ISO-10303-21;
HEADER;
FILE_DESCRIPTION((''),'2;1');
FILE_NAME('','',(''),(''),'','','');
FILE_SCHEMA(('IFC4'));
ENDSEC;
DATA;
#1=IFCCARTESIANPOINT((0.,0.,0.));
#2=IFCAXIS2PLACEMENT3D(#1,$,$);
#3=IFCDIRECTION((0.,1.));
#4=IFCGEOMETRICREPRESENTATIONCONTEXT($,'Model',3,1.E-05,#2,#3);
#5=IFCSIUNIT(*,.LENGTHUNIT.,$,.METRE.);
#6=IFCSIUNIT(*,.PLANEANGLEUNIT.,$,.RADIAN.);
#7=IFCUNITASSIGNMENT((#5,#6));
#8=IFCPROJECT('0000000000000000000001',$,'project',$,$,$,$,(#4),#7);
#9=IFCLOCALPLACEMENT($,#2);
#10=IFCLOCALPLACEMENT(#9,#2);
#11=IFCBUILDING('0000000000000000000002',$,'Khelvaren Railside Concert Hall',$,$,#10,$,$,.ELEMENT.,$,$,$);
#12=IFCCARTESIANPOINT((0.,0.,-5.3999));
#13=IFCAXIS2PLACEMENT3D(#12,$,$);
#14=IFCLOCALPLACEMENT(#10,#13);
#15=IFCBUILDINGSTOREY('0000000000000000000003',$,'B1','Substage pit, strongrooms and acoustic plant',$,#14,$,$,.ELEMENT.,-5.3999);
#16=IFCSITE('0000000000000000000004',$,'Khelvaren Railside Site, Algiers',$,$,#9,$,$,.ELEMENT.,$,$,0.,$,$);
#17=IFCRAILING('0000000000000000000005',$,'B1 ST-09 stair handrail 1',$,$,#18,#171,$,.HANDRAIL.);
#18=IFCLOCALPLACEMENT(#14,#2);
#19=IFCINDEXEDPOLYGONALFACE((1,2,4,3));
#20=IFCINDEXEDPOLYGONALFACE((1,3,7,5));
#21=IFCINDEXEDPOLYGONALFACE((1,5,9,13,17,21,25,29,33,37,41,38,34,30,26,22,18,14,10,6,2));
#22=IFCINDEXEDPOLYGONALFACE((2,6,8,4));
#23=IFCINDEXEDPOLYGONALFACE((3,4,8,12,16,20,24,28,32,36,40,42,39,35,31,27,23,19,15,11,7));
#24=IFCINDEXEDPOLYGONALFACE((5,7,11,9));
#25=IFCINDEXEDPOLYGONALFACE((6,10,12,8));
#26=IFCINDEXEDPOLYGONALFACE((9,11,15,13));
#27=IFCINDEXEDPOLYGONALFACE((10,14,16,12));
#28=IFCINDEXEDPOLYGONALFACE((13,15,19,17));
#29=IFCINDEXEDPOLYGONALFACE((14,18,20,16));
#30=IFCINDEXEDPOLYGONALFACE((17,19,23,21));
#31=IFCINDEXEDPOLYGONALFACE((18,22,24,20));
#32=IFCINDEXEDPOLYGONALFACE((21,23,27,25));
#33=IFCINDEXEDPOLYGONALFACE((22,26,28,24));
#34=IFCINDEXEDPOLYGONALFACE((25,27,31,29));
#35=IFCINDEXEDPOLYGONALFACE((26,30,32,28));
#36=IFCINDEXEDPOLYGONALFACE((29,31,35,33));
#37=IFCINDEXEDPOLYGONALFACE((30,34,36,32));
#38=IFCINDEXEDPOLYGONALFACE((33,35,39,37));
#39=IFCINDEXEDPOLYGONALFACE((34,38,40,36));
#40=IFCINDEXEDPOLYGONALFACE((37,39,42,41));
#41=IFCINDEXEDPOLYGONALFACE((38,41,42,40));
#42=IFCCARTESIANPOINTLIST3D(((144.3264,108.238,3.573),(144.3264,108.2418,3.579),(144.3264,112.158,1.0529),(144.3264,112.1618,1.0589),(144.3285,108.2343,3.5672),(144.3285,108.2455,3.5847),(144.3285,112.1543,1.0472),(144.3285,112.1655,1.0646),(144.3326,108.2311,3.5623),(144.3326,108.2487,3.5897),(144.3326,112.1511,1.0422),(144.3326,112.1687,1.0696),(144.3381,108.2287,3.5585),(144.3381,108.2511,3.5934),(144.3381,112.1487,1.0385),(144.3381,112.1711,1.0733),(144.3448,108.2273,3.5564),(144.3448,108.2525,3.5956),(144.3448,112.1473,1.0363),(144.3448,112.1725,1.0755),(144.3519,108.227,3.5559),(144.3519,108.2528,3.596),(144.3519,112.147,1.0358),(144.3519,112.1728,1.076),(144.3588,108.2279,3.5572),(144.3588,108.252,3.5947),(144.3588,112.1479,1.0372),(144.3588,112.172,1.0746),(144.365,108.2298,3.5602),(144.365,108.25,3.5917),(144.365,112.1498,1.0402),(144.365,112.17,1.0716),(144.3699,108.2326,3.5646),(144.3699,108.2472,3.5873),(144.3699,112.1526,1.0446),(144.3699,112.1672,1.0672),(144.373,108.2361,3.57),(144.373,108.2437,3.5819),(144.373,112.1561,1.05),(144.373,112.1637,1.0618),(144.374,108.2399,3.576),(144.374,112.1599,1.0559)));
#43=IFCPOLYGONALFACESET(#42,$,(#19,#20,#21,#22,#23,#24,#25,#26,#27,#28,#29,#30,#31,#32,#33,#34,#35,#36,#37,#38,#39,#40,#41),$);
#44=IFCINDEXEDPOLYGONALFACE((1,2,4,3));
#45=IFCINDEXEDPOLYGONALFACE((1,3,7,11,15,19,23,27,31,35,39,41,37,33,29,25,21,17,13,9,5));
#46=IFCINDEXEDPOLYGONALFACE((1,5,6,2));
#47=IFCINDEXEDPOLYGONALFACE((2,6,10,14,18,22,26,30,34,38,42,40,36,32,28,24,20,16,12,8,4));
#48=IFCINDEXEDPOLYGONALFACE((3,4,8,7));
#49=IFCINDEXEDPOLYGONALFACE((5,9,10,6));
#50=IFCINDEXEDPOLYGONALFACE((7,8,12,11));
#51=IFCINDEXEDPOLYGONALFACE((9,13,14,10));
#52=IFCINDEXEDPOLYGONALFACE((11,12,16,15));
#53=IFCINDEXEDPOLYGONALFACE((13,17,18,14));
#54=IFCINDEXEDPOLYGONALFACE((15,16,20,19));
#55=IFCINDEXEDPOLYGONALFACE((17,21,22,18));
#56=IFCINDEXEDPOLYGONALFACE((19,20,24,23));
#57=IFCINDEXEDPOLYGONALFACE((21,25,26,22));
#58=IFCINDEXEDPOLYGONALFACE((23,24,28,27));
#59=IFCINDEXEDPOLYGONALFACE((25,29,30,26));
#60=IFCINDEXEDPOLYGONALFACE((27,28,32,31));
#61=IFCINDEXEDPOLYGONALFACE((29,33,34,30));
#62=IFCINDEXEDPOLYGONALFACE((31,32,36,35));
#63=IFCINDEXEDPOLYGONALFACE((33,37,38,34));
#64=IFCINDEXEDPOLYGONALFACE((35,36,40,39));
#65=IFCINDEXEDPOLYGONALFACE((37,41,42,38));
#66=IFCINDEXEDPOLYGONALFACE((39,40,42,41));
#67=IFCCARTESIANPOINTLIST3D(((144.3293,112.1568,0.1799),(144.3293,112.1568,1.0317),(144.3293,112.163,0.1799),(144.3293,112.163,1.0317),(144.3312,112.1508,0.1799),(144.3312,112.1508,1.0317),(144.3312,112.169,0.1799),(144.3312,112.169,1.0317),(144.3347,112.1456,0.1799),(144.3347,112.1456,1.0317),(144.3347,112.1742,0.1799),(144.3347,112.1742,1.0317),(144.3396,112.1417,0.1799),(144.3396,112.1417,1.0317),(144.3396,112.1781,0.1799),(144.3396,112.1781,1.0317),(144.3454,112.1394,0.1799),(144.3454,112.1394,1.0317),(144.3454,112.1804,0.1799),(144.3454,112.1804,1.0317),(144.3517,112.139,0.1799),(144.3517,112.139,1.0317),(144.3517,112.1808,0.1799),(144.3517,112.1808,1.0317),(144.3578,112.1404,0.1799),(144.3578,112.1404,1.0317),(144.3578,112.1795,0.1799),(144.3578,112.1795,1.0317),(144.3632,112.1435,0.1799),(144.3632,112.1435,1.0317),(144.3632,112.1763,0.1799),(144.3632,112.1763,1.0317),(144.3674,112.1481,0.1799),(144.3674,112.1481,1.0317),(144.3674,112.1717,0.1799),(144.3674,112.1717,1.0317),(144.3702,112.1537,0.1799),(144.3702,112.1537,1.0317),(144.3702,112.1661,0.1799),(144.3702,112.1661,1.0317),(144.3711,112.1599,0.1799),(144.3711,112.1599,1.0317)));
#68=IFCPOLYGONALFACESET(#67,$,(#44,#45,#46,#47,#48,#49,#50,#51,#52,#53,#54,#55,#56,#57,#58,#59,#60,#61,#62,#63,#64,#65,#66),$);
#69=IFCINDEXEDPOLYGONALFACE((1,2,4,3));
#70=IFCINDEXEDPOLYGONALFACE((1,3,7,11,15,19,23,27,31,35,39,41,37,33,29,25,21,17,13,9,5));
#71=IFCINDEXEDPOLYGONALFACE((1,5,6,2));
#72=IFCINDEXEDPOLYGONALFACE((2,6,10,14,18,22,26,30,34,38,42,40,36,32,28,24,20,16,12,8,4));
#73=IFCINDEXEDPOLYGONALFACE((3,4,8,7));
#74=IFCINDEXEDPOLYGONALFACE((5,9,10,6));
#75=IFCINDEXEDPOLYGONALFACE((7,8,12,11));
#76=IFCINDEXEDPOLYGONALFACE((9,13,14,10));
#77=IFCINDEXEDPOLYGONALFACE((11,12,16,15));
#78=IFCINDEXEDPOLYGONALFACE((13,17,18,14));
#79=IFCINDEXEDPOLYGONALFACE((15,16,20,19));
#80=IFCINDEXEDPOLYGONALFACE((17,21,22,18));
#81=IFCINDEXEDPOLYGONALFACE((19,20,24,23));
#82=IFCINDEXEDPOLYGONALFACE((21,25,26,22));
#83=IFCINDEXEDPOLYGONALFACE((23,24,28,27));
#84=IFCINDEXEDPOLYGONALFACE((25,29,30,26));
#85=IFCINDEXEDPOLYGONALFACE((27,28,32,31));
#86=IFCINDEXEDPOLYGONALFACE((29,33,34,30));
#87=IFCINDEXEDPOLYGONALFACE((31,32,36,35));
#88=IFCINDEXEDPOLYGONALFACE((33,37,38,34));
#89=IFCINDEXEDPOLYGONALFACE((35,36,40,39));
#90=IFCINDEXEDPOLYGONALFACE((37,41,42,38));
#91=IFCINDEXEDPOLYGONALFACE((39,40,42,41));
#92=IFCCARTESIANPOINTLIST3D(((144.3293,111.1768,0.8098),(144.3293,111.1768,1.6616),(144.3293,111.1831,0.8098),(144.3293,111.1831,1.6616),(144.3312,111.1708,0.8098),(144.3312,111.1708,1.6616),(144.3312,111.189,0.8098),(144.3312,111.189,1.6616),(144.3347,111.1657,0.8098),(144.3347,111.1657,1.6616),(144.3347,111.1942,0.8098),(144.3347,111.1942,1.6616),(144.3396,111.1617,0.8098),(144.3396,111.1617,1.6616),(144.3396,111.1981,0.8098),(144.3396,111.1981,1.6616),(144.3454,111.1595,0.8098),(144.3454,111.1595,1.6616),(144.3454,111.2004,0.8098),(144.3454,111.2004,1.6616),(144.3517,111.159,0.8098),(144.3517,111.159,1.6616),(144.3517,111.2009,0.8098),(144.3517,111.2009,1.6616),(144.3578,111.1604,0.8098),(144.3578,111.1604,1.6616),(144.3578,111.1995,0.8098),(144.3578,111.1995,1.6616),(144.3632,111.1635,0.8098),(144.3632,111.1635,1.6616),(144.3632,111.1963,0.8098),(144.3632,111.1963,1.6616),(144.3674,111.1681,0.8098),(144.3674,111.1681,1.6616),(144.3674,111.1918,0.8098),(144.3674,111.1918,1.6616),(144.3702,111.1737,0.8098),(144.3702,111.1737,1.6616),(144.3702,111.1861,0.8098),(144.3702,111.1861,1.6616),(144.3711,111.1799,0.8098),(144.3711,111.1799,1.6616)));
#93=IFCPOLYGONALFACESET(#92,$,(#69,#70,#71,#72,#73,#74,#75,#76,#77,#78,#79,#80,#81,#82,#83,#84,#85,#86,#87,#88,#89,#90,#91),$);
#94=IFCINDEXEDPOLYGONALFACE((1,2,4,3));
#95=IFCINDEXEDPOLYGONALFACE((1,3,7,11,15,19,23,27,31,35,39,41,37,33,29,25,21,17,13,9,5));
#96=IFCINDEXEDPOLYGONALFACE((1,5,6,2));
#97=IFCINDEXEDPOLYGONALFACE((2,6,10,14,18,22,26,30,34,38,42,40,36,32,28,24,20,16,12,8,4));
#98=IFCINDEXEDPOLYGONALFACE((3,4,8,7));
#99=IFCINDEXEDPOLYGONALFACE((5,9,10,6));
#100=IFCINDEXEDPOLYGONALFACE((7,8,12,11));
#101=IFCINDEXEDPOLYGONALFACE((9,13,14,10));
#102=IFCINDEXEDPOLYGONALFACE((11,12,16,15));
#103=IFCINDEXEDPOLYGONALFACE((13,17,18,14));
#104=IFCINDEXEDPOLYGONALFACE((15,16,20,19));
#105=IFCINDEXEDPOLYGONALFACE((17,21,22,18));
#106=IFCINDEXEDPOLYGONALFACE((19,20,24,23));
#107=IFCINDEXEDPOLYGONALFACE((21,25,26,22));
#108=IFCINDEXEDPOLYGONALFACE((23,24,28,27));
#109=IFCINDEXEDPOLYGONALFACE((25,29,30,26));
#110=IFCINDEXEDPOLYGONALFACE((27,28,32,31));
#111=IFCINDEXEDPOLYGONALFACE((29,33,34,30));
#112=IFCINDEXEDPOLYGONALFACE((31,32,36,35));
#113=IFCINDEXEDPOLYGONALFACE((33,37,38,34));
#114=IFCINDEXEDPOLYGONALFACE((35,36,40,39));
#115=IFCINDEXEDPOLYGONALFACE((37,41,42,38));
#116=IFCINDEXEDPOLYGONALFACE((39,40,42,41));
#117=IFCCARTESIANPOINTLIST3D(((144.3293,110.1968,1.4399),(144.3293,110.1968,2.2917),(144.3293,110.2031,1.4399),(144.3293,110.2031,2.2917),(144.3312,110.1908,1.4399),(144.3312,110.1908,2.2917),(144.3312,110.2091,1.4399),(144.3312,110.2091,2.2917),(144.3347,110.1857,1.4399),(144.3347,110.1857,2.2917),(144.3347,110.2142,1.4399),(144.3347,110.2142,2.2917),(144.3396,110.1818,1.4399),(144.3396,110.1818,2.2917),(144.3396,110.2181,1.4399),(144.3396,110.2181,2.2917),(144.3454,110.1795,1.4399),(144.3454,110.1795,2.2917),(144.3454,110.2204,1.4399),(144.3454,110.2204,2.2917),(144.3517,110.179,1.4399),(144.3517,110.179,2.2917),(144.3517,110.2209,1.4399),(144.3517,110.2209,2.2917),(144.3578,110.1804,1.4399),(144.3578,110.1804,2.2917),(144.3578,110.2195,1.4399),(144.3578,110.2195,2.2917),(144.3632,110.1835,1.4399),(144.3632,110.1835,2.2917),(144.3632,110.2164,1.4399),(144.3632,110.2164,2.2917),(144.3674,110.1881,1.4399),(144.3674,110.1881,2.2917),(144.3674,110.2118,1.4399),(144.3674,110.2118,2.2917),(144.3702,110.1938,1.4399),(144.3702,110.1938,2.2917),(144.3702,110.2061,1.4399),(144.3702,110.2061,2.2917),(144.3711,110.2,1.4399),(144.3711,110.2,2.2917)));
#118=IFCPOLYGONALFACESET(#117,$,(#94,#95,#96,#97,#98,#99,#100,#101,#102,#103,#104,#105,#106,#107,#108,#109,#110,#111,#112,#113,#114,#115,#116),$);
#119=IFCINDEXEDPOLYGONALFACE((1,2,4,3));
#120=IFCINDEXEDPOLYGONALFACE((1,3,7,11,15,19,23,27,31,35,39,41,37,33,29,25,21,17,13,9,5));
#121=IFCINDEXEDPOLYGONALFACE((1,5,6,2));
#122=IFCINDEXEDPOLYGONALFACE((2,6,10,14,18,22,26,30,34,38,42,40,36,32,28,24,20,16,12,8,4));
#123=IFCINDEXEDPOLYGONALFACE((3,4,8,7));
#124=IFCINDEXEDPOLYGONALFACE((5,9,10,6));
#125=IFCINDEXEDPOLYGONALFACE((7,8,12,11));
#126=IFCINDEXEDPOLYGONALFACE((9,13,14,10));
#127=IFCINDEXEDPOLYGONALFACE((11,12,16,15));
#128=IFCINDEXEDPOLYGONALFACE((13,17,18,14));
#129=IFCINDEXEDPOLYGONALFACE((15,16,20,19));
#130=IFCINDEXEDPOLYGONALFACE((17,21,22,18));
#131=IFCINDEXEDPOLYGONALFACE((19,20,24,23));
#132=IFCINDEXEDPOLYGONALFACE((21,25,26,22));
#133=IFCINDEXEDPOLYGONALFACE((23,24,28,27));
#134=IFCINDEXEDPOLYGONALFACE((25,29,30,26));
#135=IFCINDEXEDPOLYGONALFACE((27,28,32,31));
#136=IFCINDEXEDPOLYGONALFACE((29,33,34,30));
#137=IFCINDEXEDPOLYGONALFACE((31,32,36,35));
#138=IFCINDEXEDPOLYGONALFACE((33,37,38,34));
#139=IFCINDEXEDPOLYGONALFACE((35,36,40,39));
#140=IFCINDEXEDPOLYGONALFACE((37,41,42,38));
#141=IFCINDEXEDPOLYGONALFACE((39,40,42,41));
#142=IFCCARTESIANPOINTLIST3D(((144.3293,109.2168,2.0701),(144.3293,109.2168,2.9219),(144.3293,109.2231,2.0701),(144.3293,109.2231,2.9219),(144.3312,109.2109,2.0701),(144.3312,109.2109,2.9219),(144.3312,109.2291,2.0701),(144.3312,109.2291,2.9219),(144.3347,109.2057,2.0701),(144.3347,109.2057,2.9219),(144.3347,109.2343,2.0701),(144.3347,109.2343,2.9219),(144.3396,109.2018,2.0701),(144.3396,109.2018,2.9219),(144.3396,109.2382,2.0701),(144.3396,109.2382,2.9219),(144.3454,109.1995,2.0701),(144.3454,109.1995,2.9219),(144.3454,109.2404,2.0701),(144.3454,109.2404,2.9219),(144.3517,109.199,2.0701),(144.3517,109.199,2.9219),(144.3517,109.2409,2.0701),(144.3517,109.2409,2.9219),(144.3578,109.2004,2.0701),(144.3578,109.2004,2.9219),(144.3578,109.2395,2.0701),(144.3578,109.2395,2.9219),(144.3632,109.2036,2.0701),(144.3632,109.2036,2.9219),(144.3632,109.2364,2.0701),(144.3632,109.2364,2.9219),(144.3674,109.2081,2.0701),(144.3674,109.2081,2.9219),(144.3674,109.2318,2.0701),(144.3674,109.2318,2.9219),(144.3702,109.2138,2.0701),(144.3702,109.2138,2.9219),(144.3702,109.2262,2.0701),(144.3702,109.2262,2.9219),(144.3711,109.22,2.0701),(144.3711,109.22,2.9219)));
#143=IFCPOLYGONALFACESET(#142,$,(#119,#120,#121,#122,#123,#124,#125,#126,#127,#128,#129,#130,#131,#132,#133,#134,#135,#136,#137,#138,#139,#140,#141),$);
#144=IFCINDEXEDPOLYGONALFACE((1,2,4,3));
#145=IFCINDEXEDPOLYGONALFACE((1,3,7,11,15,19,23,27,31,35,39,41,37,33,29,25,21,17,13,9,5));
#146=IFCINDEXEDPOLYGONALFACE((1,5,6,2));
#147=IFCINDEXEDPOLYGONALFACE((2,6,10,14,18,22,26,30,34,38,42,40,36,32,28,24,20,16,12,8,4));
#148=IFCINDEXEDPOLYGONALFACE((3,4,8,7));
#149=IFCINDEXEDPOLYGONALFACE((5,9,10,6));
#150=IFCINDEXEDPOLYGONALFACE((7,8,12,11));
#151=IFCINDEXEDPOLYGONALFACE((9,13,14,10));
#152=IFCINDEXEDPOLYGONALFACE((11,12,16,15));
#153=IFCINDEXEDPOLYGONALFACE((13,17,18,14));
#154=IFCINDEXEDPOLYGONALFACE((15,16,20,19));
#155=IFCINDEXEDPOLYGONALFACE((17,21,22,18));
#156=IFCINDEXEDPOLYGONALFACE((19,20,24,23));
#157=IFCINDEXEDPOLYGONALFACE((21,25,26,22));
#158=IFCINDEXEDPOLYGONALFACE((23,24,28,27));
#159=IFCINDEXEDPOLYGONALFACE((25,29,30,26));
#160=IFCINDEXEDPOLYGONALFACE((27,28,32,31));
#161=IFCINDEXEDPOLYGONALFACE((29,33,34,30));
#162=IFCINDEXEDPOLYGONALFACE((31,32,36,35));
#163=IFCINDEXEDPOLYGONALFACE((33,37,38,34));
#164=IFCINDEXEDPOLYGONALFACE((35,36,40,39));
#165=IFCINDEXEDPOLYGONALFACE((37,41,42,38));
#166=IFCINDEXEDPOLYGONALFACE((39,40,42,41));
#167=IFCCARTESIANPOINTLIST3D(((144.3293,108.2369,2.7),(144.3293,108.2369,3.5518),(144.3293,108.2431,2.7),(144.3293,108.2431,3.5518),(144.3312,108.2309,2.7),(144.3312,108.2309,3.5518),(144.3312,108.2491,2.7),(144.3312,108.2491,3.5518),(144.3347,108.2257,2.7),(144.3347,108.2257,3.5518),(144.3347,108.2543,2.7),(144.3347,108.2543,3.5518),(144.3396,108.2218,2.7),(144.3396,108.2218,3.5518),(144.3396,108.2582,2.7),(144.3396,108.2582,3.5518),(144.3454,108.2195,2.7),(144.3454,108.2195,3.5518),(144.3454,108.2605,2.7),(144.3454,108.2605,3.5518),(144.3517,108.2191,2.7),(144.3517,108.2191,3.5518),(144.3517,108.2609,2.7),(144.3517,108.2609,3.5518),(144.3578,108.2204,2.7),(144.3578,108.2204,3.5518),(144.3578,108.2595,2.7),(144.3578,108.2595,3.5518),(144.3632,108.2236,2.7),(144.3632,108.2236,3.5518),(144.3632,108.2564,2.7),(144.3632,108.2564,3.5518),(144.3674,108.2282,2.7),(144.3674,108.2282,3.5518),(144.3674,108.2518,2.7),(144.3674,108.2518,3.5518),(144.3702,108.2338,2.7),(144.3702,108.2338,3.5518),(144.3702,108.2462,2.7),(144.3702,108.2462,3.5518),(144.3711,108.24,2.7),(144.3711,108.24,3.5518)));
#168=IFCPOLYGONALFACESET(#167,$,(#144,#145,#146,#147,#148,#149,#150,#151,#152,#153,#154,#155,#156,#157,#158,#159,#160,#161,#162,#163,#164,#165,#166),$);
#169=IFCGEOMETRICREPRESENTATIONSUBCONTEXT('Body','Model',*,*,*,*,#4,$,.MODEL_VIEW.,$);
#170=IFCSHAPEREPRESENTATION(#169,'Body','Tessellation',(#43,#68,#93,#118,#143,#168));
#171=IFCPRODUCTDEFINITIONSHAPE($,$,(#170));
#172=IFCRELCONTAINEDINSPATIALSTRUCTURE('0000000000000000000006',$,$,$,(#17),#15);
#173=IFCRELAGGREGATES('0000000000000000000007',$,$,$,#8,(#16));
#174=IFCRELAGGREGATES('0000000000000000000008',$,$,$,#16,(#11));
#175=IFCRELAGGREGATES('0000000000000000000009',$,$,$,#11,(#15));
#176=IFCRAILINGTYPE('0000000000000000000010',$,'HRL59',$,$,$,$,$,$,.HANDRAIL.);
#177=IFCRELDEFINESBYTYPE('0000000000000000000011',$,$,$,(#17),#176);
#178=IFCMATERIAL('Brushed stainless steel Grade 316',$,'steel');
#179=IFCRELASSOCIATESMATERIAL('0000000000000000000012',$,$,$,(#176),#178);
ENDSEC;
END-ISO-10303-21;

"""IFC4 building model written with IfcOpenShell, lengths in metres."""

from ifc_helpers import new_model, si_unit, direction, frame, origin, origin_2d, place, context, subcontext, project, spatial, circle, extrude, material, type_object, element, save


model = new_model("IFC4")

# Units and contexts
model_context = context("Model", 3, precision=1e-05, world=origin(), true_north=direction((0.0, 1.0)))
body_context = subcontext(model_context, "Body", "Model", "MODEL_VIEW")
ifc_project = project(units=[si_unit("LENGTHUNIT", "METRE"), si_unit("PLANEANGLEUNIT", "RADIAN")], contexts=[model_context])

# Site, building, storey
site_placement = place(None, origin())
site = spatial("IfcSite", under=ifc_project, at=site_placement, Name="Khelvaren Railside Site, Algiers", CompositionType="ELEMENT", RefElevation=0.0)
building_placement = place(site_placement, origin())
building = spatial("IfcBuilding", under=site, at=building_placement, Name="Khelvaren Railside Concert Hall", CompositionType="ELEMENT")
storey_placement = place(building_placement, frame((0.0, 0.0, -5.3999)))
storey = spatial("IfcBuildingStorey", under=building, at=storey_placement, Name="B1", Description="Substage pit, strongrooms and acoustic plant", CompositionType="ELEMENT", Elevation=-5.3999)

# Railing
ifc_material_1 = material(Name="Brushed stainless steel Grade 316", Category="steel")
railing_type_1 = type_object("IfcRailingType", Name="HRL59", PredefinedType="HANDRAIL", material=ifc_material_1)
railing_1_placement = place(storey_placement, frame((144.3501, 112.1599, 0.1799)))
element("IfcRailing", 1, at=railing_1_placement, inside=storey, type_object=railing_type_1, Name="B1 ST-09 stair handrail 1", PredefinedType="HANDRAIL", context=body_context, shape_type="SweptSolid", body=[
    extrude(circle(Radius=0.0239, at=origin_2d()), frame((0.0, 0.0, 0.876), z_axis=(0.0, -0.841172, 0.540768), x_axis=(1.0, 0.0, 0.0)), (0.0, 0.0, 1.0), 4.6602),
    extrude(circle(Radius=0.021, at=origin_2d()), origin(), (0.0, 0.0, 1.0), 0.8518),
    extrude(circle(Radius=0.021, at=origin_2d()), frame((0.0, -0.98, 0.6299)), (0.0, 0.0, 1.0), 0.8518),
    extrude(circle(Radius=0.021, at=origin_2d()), frame((0.0, -1.96, 1.26)), (0.0, 0.0, 1.0), 0.8518),
    extrude(circle(Radius=0.021, at=origin_2d()), frame((0.0, -2.9399, 1.8901)), (0.0, 0.0, 1.0), 0.8518),
    extrude(circle(Radius=0.021, at=origin_2d()), frame((0.0, -3.9199, 2.52)), (0.0, 0.0, 1.0), 0.8518),
])

save(model, "model.ifc")
